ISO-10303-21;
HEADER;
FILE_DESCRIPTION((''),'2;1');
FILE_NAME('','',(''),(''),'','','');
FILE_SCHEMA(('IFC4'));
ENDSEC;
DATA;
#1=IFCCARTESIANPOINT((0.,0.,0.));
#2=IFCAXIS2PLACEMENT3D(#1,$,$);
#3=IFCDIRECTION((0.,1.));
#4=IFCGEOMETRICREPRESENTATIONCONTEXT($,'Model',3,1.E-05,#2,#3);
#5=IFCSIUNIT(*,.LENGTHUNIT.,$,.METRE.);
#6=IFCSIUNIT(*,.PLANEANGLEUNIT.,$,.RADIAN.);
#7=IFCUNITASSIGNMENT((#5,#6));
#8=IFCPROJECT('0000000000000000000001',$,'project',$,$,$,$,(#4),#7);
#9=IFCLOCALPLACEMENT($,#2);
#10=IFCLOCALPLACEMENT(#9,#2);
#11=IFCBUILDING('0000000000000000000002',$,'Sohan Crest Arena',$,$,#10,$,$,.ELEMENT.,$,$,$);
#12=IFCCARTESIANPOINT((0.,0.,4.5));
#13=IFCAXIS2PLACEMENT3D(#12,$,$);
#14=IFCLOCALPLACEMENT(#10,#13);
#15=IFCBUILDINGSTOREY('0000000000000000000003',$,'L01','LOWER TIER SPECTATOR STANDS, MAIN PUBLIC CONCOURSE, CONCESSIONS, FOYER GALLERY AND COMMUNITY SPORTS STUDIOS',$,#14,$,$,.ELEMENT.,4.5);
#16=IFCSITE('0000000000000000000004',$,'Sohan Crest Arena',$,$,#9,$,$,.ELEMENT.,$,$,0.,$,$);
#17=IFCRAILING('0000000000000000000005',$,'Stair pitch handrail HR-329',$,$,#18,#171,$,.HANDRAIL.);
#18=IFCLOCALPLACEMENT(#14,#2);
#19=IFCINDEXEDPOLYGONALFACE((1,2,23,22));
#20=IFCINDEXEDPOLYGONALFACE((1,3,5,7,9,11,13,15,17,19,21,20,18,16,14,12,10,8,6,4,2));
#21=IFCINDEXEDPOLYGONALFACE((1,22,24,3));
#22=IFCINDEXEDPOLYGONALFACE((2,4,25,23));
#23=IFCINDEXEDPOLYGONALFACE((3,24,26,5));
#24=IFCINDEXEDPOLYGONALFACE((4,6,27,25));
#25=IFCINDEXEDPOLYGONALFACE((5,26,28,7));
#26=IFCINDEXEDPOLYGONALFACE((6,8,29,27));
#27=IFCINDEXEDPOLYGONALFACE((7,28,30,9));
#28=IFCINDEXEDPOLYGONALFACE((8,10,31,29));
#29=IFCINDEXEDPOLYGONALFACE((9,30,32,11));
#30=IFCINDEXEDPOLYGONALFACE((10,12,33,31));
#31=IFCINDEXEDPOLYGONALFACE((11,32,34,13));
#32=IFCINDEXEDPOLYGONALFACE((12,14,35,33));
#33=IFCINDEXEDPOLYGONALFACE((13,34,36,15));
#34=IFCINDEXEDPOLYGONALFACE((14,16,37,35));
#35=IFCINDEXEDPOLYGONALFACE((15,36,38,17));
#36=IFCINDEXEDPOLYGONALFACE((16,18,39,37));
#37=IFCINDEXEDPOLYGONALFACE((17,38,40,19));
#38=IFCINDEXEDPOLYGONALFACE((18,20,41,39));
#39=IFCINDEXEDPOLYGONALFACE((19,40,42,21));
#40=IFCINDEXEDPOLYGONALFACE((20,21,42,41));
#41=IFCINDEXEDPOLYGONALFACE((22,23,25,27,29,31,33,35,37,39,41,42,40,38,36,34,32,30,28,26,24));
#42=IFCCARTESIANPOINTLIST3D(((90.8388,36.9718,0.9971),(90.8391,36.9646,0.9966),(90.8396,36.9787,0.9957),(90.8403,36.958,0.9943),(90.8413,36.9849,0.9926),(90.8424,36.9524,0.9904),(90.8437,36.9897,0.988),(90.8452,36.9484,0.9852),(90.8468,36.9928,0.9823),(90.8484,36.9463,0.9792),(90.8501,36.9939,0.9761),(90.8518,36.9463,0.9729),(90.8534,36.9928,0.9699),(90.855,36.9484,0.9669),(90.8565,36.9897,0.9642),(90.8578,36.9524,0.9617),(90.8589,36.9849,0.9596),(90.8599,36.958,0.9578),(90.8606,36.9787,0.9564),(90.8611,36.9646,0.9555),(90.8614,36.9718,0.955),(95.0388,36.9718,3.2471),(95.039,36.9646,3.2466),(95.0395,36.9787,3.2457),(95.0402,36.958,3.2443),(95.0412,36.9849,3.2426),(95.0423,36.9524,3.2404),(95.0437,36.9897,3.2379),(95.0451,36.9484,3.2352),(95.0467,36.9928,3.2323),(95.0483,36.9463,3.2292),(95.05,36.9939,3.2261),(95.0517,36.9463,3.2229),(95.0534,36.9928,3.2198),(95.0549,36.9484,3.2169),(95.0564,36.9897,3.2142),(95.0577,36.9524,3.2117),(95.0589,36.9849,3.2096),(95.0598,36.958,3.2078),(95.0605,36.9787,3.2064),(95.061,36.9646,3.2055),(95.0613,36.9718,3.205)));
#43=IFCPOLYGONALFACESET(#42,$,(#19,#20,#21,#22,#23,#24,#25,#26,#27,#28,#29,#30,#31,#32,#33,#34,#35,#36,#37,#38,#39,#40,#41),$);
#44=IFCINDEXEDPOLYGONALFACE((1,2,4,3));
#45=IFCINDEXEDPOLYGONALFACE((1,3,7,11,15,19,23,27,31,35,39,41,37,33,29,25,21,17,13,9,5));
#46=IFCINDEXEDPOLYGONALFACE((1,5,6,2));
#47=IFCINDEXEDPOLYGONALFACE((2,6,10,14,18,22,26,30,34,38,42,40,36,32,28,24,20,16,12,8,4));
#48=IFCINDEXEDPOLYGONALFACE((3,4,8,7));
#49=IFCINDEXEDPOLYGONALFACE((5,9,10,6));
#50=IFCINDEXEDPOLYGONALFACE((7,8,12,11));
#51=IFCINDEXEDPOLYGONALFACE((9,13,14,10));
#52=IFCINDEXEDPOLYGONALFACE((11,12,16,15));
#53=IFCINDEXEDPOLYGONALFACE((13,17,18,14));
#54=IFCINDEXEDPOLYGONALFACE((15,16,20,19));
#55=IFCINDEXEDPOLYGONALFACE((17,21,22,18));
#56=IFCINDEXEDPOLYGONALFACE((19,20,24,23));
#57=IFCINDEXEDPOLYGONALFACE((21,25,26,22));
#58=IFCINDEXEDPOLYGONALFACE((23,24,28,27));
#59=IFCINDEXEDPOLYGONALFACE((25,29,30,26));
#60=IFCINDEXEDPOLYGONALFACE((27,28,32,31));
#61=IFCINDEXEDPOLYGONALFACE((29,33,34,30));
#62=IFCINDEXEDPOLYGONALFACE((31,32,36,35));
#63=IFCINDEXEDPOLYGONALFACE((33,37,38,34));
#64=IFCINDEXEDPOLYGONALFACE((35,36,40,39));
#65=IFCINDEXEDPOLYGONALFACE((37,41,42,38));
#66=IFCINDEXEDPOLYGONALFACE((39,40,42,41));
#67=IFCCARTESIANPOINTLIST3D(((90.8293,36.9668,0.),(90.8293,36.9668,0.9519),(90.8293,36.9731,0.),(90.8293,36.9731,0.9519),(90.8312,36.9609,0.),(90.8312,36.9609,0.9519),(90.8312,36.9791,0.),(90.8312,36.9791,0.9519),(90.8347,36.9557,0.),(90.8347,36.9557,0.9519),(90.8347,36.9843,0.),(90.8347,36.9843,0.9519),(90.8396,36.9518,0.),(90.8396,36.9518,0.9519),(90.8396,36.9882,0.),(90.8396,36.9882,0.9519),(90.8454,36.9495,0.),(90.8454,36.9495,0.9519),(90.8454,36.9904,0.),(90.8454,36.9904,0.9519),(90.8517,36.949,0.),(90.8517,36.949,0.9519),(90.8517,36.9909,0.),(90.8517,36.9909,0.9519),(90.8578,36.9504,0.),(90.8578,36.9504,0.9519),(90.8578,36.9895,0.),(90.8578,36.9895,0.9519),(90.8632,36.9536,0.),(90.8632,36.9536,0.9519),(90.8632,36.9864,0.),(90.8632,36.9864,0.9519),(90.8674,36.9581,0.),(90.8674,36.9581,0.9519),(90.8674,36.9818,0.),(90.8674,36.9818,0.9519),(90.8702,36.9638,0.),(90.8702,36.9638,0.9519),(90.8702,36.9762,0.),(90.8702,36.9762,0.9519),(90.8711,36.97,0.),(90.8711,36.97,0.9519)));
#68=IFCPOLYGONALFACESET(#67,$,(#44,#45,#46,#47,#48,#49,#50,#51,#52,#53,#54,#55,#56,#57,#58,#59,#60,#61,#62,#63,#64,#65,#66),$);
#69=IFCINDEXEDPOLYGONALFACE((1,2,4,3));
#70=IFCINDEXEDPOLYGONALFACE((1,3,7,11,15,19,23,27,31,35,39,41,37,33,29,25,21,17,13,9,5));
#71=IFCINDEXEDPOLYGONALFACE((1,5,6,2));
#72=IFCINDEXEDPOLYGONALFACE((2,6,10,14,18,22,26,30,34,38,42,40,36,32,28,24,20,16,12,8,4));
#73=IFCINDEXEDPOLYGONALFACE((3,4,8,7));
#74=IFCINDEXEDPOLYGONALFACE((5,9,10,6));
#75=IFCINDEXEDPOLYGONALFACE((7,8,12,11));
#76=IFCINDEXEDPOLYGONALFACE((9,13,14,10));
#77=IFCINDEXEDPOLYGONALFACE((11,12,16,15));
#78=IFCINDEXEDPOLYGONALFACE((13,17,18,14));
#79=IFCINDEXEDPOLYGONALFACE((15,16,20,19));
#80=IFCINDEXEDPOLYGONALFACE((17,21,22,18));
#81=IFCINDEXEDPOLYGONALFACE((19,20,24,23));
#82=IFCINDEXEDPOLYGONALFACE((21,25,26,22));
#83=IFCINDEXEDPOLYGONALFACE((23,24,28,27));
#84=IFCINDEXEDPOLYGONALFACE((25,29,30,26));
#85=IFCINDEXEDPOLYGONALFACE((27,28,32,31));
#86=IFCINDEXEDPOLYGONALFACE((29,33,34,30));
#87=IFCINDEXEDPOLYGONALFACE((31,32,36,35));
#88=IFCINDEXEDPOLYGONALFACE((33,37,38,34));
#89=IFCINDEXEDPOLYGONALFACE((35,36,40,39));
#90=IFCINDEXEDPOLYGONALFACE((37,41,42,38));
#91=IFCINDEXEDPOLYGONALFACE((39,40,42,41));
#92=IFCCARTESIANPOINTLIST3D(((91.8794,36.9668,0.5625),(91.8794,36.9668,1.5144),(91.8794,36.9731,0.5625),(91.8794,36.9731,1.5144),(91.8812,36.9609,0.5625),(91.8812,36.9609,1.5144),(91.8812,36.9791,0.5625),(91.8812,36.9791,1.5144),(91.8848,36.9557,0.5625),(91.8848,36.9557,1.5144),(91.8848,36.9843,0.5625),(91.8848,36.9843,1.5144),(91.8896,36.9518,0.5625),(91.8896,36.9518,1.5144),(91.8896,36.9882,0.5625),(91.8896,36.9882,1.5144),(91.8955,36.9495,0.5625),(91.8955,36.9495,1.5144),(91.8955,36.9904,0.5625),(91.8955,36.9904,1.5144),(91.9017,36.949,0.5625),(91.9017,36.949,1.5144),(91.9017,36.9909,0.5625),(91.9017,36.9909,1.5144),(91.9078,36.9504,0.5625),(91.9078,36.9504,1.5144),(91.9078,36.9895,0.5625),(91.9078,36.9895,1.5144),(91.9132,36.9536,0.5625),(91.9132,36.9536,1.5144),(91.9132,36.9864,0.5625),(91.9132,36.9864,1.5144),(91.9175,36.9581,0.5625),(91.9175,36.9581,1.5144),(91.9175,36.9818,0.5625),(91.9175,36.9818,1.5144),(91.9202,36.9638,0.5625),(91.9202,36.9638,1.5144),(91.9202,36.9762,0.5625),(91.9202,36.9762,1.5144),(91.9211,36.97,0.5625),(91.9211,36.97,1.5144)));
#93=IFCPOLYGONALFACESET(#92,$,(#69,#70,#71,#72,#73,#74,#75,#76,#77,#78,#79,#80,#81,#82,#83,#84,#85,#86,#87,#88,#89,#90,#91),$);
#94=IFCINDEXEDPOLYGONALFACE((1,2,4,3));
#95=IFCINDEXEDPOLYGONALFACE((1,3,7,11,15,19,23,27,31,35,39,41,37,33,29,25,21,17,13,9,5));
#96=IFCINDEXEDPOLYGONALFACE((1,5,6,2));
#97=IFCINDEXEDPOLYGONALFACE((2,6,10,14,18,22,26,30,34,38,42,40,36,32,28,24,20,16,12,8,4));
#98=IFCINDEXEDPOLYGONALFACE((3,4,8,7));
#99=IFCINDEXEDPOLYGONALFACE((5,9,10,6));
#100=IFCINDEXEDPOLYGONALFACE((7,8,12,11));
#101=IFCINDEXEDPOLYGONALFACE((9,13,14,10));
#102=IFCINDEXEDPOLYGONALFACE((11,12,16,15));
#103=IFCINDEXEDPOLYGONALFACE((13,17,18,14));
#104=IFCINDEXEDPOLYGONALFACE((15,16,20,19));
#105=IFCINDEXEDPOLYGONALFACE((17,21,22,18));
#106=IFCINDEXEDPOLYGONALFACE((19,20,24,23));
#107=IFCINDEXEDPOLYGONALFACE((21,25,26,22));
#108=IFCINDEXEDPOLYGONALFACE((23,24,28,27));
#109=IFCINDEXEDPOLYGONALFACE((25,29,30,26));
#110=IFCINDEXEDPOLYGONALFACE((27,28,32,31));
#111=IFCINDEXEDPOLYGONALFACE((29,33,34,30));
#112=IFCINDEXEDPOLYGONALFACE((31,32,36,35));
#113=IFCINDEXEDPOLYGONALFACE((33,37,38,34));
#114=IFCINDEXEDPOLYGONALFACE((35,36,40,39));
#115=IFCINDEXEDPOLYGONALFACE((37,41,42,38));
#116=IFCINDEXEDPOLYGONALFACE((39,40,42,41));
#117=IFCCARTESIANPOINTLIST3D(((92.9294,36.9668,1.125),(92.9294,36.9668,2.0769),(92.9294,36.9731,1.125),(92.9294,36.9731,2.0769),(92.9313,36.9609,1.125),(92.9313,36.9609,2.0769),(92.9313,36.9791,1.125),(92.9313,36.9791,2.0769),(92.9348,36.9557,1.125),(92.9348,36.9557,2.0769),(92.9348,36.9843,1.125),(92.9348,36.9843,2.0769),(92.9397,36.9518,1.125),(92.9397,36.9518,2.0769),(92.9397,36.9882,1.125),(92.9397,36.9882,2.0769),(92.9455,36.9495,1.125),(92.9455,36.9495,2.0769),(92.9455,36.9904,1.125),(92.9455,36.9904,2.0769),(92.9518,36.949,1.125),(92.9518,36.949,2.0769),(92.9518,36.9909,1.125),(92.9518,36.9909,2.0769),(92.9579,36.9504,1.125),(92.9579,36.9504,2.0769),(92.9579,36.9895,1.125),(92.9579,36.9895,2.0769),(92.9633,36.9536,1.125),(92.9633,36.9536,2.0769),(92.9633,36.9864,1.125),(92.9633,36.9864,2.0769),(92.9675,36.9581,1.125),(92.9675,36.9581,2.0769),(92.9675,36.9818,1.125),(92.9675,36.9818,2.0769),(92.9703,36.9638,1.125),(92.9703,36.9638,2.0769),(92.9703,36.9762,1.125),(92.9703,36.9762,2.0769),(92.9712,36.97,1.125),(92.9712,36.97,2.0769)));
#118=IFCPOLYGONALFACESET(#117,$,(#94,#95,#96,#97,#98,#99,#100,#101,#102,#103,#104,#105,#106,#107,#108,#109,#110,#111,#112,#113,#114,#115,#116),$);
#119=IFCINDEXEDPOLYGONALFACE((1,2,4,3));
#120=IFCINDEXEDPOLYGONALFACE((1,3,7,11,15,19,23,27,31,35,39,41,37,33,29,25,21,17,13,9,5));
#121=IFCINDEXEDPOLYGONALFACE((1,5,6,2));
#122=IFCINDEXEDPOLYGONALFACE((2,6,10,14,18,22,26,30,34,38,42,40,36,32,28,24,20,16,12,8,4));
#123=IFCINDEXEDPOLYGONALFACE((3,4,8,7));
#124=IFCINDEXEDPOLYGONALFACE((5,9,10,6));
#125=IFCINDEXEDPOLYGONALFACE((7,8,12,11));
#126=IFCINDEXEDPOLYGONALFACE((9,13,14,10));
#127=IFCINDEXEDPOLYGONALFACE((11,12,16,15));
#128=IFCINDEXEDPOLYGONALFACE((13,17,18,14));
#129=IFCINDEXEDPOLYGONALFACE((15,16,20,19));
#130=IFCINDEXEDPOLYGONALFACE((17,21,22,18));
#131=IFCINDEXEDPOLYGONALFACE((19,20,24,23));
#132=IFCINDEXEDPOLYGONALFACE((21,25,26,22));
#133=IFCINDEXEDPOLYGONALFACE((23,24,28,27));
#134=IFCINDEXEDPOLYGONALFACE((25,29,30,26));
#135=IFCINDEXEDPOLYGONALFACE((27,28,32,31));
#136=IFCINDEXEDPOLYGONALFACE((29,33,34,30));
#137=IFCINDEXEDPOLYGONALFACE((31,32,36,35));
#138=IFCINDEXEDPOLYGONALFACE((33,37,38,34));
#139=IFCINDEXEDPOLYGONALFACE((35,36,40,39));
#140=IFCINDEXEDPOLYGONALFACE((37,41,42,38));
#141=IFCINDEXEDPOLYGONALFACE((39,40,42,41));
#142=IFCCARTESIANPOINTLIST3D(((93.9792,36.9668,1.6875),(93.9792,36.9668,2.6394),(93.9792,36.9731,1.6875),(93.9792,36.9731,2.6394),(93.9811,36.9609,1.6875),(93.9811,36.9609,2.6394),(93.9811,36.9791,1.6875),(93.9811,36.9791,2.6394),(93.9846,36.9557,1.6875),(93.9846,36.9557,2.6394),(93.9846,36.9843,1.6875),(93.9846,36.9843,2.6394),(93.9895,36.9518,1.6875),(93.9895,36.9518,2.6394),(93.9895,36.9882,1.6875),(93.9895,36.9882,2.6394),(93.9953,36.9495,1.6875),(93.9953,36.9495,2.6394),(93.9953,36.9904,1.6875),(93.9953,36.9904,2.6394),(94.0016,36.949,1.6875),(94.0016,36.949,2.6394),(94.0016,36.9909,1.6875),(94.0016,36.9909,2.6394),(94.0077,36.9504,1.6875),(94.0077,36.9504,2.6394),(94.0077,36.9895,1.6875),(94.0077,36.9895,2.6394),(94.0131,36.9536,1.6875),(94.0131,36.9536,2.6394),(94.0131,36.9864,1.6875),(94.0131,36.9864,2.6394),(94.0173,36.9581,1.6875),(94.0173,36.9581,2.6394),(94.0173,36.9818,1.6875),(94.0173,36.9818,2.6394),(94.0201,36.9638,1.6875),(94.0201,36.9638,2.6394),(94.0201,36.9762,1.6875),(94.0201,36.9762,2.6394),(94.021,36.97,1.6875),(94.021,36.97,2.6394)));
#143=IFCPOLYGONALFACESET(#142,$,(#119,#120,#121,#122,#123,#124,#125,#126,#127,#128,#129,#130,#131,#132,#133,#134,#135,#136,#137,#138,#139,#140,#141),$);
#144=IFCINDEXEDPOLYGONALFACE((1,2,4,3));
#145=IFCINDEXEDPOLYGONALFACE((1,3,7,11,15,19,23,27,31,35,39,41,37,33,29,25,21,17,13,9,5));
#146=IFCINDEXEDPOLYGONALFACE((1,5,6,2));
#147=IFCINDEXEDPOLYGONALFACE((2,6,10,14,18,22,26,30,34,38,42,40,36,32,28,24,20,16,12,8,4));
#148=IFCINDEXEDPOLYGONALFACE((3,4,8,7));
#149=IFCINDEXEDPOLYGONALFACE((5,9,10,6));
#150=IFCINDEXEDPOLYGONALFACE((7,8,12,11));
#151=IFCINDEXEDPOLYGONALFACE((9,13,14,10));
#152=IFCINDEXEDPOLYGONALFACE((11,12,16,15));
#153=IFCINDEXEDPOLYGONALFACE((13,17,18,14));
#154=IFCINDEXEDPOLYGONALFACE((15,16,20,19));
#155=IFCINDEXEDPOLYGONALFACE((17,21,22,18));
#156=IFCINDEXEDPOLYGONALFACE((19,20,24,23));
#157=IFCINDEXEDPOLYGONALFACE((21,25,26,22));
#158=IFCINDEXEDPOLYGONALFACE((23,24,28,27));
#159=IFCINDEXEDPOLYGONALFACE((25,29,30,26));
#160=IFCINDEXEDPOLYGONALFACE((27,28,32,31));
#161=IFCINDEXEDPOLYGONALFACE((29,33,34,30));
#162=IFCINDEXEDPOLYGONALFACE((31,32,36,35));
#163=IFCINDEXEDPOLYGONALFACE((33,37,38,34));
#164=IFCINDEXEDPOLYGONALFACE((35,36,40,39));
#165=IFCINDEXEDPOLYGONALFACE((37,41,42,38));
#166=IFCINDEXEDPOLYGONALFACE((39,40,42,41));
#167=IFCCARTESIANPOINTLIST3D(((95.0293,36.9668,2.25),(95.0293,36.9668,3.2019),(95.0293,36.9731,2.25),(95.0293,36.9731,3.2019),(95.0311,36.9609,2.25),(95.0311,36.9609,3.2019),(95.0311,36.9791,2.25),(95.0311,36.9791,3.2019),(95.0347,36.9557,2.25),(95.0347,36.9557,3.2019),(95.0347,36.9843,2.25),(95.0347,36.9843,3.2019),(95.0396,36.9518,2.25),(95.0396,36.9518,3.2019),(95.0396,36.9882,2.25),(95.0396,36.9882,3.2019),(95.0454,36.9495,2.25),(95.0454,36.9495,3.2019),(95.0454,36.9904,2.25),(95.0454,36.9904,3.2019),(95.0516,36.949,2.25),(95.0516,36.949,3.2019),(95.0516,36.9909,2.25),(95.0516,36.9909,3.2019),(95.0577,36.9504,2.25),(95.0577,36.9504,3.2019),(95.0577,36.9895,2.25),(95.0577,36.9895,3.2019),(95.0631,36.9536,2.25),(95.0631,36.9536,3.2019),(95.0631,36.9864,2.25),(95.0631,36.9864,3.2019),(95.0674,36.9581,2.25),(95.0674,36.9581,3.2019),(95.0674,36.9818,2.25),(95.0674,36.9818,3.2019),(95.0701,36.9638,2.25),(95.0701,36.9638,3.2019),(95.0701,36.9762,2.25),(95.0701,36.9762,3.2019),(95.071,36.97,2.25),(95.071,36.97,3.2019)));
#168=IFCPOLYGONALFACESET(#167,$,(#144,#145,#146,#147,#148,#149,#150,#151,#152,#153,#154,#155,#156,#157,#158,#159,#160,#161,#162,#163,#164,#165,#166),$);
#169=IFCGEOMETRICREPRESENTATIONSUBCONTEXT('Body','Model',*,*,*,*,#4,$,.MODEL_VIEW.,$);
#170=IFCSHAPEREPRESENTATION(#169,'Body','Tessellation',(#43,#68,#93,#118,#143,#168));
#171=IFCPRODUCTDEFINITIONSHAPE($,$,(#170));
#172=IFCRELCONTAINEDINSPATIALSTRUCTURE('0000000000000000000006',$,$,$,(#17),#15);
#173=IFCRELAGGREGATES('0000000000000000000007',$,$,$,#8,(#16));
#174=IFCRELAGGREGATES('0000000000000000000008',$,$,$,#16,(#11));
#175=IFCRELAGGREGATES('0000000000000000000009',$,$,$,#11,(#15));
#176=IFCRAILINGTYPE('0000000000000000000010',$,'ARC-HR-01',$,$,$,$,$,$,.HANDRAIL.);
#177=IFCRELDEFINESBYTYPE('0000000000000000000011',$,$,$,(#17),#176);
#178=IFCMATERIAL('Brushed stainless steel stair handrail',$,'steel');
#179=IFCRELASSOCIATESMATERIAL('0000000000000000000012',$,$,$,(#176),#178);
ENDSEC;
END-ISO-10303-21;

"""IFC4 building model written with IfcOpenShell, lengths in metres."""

from ifc_helpers import new_model, si_unit, direction, frame, origin, origin_2d, place, context, subcontext, project, spatial, circle, extrude, material, type_object, element, save


model = new_model("IFC4")

# Units and contexts
model_context = context("Model", 3, precision=1e-05, world=origin(), true_north=direction((0.0, 1.0)))
body_context = subcontext(model_context, "Body", "Model", "MODEL_VIEW")
ifc_project = project(units=[si_unit("LENGTHUNIT", "METRE"), si_unit("PLANEANGLEUNIT", "RADIAN")], contexts=[model_context])

# Site, building, storey
site_placement = place(None, origin())
site = spatial("IfcSite", under=ifc_project, at=site_placement, Name="Sohan Crest Arena", CompositionType="ELEMENT", RefElevation=0.0)
building_placement = place(site_placement, origin())
building = spatial("IfcBuilding", under=site, at=building_placement, Name="Sohan Crest Arena", CompositionType="ELEMENT")
storey_placement = place(building_placement, frame((0.0, 0.0, 4.5)))
storey = spatial("IfcBuildingStorey", under=building, at=storey_placement, Name="L01", Description="LOWER TIER SPECTATOR STANDS, MAIN PUBLIC CONCOURSE, CONCESSIONS, FOYER GALLERY AND COMMUNITY SPORTS STUDIOS", CompositionType="ELEMENT", Elevation=4.5)

# Railing
ifc_material_1 = material(Name="Brushed stainless steel stair handrail", Category="steel")
railing_type_1 = type_object("IfcRailingType", Name="ARC-HR-01", PredefinedType="HANDRAIL", material=ifc_material_1)
for number, where, name in (
    (1, (90.8501, 36.97, 0.0), "Stair pitch handrail HR-329"),
):
    element("IfcRailing", number, at=place(storey_placement, frame(where)), inside=storey, type_object=railing_type_1, Name=name, PredefinedType="HANDRAIL", context=body_context, shape_type="SweptSolid", body=[
        extrude(circle(Radius=0.0239, at=origin_2d()), frame((0.0, 0.0, 0.9761), z_axis=(0.881478, 0.0, 0.472226), x_axis=(0.0, 1.0, 0.0)), (0.0, 0.0, 1.0), 4.7646),
        extrude(circle(Radius=0.021, at=origin_2d()), origin(), (0.0, 0.0, 1.0), 0.9519),
        extrude(circle(Radius=0.021, at=origin_2d()), frame((1.05, 0.0, 0.5625)), (0.0, 0.0, 1.0), 0.9519),
        extrude(circle(Radius=0.021, at=origin_2d()), frame((2.1001, 0.0, 1.125)), (0.0, 0.0, 1.0), 0.9519),
        extrude(circle(Radius=0.021, at=origin_2d()), frame((3.1499, 0.0, 1.6875)), (0.0, 0.0, 1.0), 0.9519),
        extrude(circle(Radius=0.021, at=origin_2d()), frame((4.2, 0.0, 2.25)), (0.0, 0.0, 1.0), 0.9519),
    ])

save(model, "model.ifc")
